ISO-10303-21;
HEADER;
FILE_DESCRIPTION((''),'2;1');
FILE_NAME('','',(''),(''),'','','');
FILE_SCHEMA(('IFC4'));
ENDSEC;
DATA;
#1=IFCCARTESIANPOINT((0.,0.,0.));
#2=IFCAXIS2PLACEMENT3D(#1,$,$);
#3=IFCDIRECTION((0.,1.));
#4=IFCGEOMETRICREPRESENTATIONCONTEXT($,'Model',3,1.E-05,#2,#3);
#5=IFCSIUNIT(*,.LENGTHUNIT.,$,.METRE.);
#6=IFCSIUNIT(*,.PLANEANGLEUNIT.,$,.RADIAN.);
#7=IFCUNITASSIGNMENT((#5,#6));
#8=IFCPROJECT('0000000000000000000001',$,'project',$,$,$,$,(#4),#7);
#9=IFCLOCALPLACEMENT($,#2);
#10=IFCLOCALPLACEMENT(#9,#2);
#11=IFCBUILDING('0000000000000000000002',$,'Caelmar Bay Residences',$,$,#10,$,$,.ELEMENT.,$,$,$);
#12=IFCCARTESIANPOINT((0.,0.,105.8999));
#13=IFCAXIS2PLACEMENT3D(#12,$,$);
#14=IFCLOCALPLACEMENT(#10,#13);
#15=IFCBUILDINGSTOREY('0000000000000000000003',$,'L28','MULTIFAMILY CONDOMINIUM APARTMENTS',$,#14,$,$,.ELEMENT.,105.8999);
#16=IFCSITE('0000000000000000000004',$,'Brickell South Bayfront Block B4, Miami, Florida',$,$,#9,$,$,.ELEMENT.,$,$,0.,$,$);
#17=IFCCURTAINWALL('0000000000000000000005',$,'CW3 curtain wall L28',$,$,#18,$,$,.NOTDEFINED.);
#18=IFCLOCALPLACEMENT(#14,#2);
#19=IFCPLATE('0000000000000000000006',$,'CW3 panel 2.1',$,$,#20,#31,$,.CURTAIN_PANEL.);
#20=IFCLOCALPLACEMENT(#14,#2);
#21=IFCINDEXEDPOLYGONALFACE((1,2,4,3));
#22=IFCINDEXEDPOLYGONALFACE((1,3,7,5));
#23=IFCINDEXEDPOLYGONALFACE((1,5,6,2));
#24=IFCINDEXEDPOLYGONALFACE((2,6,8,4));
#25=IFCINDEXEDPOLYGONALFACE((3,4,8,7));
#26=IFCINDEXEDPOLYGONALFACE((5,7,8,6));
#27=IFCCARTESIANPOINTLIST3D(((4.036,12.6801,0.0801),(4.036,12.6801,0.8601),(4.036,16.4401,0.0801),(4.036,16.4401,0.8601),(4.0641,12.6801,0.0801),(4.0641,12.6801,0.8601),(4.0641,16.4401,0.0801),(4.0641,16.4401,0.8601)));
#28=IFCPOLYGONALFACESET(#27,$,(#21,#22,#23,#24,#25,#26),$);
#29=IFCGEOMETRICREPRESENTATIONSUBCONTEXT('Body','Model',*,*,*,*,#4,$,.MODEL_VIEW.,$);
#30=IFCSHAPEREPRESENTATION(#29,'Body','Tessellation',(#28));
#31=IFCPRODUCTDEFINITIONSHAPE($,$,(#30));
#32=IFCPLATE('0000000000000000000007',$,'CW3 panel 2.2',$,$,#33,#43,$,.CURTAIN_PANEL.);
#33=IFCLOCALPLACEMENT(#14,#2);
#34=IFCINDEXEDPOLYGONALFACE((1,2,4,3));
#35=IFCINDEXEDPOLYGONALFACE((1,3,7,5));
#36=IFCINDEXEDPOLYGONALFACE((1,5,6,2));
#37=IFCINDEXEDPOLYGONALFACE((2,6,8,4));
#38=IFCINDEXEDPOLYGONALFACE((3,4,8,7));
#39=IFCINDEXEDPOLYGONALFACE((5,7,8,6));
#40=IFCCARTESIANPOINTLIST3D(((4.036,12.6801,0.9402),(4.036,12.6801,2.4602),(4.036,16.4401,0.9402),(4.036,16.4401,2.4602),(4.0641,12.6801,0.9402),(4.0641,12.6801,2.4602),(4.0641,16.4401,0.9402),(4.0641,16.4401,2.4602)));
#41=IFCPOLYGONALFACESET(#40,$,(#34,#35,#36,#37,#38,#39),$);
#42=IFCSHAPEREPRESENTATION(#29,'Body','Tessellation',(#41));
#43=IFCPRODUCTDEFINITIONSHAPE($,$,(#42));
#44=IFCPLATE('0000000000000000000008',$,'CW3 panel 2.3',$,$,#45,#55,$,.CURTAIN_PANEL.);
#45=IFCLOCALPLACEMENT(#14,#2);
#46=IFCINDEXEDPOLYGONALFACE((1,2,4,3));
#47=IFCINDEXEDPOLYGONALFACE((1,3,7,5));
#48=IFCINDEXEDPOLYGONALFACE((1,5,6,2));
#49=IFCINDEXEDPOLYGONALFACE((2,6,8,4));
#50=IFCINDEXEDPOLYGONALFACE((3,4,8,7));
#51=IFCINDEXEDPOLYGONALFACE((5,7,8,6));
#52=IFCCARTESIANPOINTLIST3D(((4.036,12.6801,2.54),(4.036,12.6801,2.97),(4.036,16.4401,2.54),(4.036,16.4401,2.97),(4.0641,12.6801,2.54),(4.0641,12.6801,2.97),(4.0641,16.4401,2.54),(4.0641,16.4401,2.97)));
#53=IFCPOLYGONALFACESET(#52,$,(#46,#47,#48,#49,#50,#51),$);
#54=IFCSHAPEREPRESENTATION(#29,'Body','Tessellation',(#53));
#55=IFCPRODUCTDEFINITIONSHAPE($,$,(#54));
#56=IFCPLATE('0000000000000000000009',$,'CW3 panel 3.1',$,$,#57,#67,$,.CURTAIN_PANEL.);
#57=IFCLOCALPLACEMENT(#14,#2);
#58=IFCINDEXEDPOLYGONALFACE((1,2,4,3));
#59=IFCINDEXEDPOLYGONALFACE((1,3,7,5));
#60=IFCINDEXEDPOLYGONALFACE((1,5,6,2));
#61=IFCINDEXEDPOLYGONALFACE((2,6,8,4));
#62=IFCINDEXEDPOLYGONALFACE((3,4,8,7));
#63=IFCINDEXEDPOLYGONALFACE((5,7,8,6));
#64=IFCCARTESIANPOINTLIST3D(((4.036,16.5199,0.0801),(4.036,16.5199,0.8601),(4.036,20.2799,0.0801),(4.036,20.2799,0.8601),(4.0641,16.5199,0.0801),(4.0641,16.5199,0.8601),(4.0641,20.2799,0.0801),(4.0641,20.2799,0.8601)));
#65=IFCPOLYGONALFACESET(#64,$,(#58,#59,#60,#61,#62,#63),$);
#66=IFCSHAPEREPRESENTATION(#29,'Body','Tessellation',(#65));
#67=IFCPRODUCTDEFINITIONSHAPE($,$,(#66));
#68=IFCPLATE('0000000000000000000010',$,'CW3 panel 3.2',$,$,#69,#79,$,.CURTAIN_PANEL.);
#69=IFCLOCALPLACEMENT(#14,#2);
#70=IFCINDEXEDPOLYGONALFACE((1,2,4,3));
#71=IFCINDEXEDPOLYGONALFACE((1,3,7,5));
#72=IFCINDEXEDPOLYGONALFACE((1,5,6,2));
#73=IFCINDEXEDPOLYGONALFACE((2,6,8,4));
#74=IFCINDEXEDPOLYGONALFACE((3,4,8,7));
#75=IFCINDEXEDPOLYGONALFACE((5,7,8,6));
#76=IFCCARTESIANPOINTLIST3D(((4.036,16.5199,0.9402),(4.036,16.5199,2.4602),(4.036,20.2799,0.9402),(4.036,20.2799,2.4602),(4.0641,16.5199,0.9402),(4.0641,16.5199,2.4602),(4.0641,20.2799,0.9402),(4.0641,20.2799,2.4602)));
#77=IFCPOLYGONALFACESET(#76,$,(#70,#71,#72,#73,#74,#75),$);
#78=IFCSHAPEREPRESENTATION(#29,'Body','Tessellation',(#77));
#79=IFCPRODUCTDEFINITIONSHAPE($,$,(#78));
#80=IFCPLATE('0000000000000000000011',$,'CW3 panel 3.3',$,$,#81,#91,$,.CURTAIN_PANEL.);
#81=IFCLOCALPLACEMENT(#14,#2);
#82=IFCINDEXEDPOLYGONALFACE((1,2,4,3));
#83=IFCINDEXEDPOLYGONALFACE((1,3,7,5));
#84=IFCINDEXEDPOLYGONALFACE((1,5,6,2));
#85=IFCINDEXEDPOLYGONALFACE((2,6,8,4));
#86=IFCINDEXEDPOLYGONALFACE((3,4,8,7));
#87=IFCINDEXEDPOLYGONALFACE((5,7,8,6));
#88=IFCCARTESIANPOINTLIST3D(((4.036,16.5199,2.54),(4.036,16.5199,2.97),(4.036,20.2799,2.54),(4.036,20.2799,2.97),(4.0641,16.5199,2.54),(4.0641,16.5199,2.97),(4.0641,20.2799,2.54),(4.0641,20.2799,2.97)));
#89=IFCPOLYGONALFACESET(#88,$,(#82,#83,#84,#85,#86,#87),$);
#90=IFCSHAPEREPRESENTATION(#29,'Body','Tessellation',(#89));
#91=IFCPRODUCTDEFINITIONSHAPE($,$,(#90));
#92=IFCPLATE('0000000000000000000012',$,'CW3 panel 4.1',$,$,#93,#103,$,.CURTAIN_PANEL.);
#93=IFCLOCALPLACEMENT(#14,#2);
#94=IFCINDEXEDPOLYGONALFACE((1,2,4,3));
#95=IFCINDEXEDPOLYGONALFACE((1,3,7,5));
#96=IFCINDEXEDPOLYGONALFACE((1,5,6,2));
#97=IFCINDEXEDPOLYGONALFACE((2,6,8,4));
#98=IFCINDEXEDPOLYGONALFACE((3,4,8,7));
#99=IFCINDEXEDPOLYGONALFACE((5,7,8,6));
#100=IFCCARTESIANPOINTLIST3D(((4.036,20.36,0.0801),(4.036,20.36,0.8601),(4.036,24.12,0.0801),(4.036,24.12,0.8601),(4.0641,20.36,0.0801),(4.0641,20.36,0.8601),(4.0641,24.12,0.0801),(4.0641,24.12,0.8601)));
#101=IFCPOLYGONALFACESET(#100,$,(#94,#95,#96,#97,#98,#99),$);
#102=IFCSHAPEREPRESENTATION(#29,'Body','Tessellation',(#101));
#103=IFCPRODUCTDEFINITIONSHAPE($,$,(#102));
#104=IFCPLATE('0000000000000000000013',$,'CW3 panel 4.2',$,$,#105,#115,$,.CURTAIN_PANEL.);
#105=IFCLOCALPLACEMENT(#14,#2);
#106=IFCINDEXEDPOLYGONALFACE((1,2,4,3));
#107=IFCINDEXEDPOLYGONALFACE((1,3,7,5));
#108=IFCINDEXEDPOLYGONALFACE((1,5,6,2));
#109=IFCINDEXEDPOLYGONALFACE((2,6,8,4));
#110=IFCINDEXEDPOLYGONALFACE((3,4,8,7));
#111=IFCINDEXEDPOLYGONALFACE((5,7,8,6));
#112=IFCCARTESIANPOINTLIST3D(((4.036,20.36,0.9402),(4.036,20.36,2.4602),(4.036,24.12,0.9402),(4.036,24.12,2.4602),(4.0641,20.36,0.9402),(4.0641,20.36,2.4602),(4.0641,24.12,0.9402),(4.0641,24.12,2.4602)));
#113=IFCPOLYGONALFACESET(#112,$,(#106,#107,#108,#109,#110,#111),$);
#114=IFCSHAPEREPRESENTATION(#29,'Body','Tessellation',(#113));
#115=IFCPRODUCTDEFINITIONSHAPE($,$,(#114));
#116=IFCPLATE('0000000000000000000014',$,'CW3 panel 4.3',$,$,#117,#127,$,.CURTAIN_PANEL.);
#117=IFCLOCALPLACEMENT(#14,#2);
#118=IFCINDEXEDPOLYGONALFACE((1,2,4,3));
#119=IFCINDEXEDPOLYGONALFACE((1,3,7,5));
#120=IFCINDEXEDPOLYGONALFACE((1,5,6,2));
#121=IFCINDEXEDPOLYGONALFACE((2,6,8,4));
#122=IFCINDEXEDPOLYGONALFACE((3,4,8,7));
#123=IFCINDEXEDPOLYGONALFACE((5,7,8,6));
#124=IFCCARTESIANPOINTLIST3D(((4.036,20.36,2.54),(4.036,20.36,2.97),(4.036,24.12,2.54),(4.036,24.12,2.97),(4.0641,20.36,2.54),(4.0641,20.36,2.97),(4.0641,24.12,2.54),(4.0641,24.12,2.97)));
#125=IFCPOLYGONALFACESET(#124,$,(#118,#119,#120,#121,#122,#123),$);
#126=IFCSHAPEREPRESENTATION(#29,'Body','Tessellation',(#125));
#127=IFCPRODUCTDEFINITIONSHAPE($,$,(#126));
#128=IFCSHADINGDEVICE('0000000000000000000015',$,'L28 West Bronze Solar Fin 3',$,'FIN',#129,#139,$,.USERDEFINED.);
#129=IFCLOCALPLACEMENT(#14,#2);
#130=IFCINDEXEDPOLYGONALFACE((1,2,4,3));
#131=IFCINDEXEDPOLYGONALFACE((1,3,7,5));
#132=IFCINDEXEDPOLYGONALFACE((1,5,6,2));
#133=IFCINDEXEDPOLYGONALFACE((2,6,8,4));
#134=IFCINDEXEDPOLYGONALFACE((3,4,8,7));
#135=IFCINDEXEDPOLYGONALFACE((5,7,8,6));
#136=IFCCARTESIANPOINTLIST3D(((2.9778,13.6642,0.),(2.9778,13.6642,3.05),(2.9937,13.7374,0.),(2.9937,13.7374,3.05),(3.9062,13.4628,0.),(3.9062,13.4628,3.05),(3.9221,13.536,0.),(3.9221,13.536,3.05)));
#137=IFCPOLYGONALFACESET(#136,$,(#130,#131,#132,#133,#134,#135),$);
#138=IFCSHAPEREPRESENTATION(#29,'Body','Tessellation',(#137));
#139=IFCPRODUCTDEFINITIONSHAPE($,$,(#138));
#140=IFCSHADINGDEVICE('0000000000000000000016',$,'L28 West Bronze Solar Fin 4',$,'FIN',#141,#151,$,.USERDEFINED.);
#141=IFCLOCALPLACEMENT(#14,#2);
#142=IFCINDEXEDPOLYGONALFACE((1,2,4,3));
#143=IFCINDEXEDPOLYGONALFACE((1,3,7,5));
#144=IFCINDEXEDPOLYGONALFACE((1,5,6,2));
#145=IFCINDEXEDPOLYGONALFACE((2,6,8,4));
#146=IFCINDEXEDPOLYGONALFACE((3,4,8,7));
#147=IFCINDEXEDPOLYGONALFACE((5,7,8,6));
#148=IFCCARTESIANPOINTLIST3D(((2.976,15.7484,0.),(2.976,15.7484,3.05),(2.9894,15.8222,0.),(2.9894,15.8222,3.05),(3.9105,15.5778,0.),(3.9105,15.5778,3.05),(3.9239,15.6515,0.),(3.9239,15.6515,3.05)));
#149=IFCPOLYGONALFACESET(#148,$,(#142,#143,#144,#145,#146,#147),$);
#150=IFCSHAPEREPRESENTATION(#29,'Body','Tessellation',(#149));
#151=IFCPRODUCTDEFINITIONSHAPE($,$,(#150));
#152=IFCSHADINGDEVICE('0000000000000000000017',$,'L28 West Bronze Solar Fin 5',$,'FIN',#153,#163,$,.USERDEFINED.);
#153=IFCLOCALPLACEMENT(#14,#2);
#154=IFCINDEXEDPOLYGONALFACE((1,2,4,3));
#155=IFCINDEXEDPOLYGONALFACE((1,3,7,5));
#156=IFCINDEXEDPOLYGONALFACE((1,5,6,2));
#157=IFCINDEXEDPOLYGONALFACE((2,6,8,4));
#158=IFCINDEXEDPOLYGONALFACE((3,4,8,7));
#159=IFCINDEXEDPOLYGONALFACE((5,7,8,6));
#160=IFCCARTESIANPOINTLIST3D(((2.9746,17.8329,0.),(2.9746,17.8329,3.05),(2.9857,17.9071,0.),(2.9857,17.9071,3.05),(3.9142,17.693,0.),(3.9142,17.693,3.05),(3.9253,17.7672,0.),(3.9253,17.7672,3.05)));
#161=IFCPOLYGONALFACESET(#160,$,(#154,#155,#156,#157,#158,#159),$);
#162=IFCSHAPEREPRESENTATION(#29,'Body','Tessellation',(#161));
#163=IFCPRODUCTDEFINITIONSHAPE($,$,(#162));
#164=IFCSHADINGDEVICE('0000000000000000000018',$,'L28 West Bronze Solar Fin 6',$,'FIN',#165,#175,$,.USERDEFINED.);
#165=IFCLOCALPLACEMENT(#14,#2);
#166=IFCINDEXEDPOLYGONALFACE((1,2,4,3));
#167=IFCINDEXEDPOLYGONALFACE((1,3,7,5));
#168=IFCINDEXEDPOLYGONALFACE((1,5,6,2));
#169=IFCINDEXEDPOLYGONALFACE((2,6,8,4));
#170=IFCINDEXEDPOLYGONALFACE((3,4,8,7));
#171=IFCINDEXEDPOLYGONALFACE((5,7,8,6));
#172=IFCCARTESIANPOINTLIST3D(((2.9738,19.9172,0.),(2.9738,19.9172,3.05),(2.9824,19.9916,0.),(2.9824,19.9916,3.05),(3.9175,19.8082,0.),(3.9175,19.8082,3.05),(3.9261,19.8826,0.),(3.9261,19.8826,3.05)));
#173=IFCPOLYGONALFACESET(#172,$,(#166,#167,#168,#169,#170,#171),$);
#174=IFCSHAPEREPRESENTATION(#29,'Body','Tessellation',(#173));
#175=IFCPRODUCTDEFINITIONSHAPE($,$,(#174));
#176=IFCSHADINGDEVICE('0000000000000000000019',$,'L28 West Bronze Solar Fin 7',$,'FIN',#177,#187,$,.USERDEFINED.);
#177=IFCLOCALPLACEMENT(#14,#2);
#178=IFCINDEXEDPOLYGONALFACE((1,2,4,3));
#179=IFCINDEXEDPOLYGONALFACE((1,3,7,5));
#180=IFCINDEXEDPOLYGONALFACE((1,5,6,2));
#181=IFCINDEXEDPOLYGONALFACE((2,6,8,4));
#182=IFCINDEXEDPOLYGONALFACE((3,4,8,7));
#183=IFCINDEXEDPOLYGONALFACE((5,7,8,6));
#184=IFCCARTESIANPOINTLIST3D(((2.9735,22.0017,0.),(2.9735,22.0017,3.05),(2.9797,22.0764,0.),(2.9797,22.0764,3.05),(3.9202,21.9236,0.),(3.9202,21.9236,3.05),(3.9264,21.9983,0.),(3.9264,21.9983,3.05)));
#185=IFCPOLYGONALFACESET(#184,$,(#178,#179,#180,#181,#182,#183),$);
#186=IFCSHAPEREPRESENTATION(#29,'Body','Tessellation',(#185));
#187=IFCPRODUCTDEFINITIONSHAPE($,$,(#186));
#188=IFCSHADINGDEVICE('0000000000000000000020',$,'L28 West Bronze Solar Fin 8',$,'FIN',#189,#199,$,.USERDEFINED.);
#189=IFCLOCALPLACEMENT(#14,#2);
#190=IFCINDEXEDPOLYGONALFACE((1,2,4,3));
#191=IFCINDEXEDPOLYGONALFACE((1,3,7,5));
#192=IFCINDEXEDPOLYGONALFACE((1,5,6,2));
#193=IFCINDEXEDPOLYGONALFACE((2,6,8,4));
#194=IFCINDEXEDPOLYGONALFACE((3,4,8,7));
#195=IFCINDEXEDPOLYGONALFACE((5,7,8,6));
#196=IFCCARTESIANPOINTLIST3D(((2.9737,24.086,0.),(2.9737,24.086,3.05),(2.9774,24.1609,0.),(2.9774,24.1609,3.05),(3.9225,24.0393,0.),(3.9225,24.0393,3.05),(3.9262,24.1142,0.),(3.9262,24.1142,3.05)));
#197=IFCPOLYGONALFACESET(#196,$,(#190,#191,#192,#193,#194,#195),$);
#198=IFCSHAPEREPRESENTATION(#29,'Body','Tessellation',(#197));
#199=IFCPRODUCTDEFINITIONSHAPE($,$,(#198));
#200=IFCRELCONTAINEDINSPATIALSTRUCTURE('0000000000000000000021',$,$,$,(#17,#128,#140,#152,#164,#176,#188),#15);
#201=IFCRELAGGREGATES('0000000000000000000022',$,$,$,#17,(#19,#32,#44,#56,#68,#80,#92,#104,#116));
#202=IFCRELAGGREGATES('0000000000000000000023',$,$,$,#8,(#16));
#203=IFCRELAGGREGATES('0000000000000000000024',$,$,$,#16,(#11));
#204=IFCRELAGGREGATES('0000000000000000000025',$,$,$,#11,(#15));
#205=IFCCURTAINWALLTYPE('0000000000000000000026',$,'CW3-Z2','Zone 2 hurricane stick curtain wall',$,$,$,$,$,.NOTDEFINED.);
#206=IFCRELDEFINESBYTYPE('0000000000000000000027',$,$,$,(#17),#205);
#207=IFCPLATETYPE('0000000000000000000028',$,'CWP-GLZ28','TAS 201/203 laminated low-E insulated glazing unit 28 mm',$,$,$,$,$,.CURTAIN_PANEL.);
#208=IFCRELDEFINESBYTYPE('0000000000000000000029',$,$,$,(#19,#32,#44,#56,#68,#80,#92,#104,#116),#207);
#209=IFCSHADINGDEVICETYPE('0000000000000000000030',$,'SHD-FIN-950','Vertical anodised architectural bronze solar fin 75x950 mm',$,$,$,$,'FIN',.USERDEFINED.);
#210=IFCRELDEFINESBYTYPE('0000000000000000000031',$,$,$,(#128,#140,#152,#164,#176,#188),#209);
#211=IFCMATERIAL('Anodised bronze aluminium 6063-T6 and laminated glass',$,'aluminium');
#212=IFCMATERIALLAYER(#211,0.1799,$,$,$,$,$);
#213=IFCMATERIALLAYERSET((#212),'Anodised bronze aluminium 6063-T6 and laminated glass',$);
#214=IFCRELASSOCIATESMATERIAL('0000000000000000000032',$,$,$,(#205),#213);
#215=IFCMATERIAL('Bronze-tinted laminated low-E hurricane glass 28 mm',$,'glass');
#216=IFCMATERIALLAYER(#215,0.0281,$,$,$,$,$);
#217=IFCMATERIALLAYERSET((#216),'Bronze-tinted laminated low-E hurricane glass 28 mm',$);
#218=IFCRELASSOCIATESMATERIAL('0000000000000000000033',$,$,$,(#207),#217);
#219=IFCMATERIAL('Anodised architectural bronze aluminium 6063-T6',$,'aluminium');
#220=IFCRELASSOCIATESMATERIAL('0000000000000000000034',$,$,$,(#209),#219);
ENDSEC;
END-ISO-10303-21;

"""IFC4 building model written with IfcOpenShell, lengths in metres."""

from ifc_helpers import new_model, si_unit, direction, frame, origin, origin_2d, place, context, subcontext, project, spatial, rectangle, extrude, material, layer, layer_set, material_profile, profile_set, type_object, element, aggregate, save


model = new_model("IFC4")

# Units and contexts
model_context = context("Model", 3, precision=1e-05, world=origin(), true_north=direction((0.0, 1.0)))
body_context = subcontext(model_context, "Body", "Model", "MODEL_VIEW")
ifc_project = project(units=[si_unit("LENGTHUNIT", "METRE"), si_unit("PLANEANGLEUNIT", "RADIAN")], contexts=[model_context])

# Site, building, storey
site_placement = place(None, origin())
site = spatial("IfcSite", under=ifc_project, at=site_placement, Name="Brickell South Bayfront Block B4, Miami, Florida", CompositionType="ELEMENT", RefElevation=0.0)
building_placement = place(site_placement, origin())
building = spatial("IfcBuilding", under=site, at=building_placement, Name="Caelmar Bay Residences", CompositionType="ELEMENT")
storey_placement = place(building_placement, frame((0.0, 0.0, 105.8999)))
storey = spatial("IfcBuildingStorey", under=building, at=storey_placement, Name="L28", Description="MULTIFAMILY CONDOMINIUM APARTMENTS", CompositionType="ELEMENT", Elevation=105.8999)

# Curtain wall, plates
ifc_material_1 = material(Name="Anodised bronze aluminium 6063-T6 and laminated glass", Category="aluminium")
ifc_layer_1 = layer(ifc_material_1, 0.1799)
ifc_layer_set_1 = layer_set([ifc_layer_1], Name="Anodised bronze aluminium 6063-T6 and laminated glass")
curtain_wall_type = type_object("IfcCurtainWallType", Name="CW3-Z2", Description="Zone 2 hurricane stick curtain wall", PredefinedType="NOTDEFINED", material=ifc_layer_set_1)
curtain_wall_placement = place(storey_placement, origin())
curtain_wall = element("IfcCurtainWall", 1, at=curtain_wall_placement, inside=storey, type_object=curtain_wall_type, Name="CW3 curtain wall L28", PredefinedType="NOTDEFINED")
ifc_material_2 = material(Name="Bronze-tinted laminated low-E hurricane glass 28 mm", Category="glass")
ifc_layer_2 = layer(ifc_material_2, 0.0281)
ifc_layer_set_2 = layer_set([ifc_layer_2], Name="Bronze-tinted laminated low-E hurricane glass 28 mm")
plate_type = type_object("IfcPlateType", Name="CWP-GLZ28", Description="TAS 201/203 laminated low-E insulated glazing unit 28 mm", PredefinedType="CURTAIN_PANEL", material=ifc_layer_set_2)
plate_1_placement = place(storey_placement, frame((4.05, 14.5601, 0.0801), z_axis=(0.0, 0.0, 1.0), x_axis=(0.0, 1.0, 0.0)))
plate_1 = element("IfcPlate", 2, at=plate_1_placement, type_object=plate_type, Name="CW3 panel 2.1", PredefinedType="CURTAIN_PANEL", context=body_context, shape_type="SweptSolid", body=[
    extrude(rectangle(XDim=3.76, YDim=0.0281, at=origin_2d()), origin(), (0.0, 0.0, 1.0), 0.78),
])
plate_2_placement = place(storey_placement, frame((4.05, 14.5601, 0.9402), z_axis=(0.0, 0.0, 1.0), x_axis=(0.0, 1.0, 0.0)))
plate_2 = element("IfcPlate", 3, at=plate_2_placement, type_object=plate_type, Name="CW3 panel 2.2", PredefinedType="CURTAIN_PANEL", context=body_context, shape_type="SweptSolid", body=[
    extrude(rectangle(XDim=3.76, YDim=0.0281, at=origin_2d()), origin(), (0.0, 0.0, 1.0), 1.52),
])
plate_3_placement = place(storey_placement, frame((4.05, 14.5601, 2.54), z_axis=(0.0, 0.0, 1.0), x_axis=(0.0, 1.0, 0.0)))
plate_3 = element("IfcPlate", 4, at=plate_3_placement, type_object=plate_type, Name="CW3 panel 2.3", PredefinedType="CURTAIN_PANEL", context=body_context, shape_type="SweptSolid", body=[
    extrude(rectangle(XDim=3.76, YDim=0.0281, at=origin_2d()), origin(), (0.0, 0.0, 1.0), 0.4299),
])
plate_4_placement = place(storey_placement, frame((4.05, 18.3999, 0.0801), z_axis=(0.0, 0.0, 1.0), x_axis=(0.0, 1.0, 0.0)))
plate_4 = element("IfcPlate", 5, at=plate_4_placement, type_object=plate_type, Name="CW3 panel 3.1", PredefinedType="CURTAIN_PANEL", context=body_context, shape_type="SweptSolid", body=[
    extrude(rectangle(XDim=3.76, YDim=0.0281, at=origin_2d()), origin(), (0.0, 0.0, 1.0), 0.78),
])
plate_5_placement = place(storey_placement, frame((4.05, 18.3999, 0.9402), z_axis=(0.0, 0.0, 1.0), x_axis=(0.0, 1.0, 0.0)))
plate_5 = element("IfcPlate", 6, at=plate_5_placement, type_object=plate_type, Name="CW3 panel 3.2", PredefinedType="CURTAIN_PANEL", context=body_context, shape_type="SweptSolid", body=[
    extrude(rectangle(XDim=3.76, YDim=0.0281, at=origin_2d()), origin(), (0.0, 0.0, 1.0), 1.52),
])
plate_6_placement = place(storey_placement, frame((4.05, 18.3999, 2.54), z_axis=(0.0, 0.0, 1.0), x_axis=(0.0, 1.0, 0.0)))
plate_6 = element("IfcPlate", 7, at=plate_6_placement, type_object=plate_type, Name="CW3 panel 3.3", PredefinedType="CURTAIN_PANEL", context=body_context, shape_type="SweptSolid", body=[
    extrude(rectangle(XDim=3.76, YDim=0.0281, at=origin_2d()), origin(), (0.0, 0.0, 1.0), 0.4299),
])
plate_7_placement = place(storey_placement, frame((4.05, 22.24, 0.0801), z_axis=(0.0, 0.0, 1.0), x_axis=(0.0, 1.0, 0.0)))
plate_7 = element("IfcPlate", 8, at=plate_7_placement, type_object=plate_type, Name="CW3 panel 4.1", PredefinedType="CURTAIN_PANEL", context=body_context, shape_type="SweptSolid", body=[
    extrude(rectangle(XDim=3.76, YDim=0.0281, at=origin_2d()), origin(), (0.0, 0.0, 1.0), 0.78),
])
plate_8_placement = place(storey_placement, frame((4.05, 22.24, 0.9402), z_axis=(0.0, 0.0, 1.0), x_axis=(0.0, 1.0, 0.0)))
plate_8 = element("IfcPlate", 9, at=plate_8_placement, type_object=plate_type, Name="CW3 panel 4.2", PredefinedType="CURTAIN_PANEL", context=body_context, shape_type="SweptSolid", body=[
    extrude(rectangle(XDim=3.76, YDim=0.0281, at=origin_2d()), origin(), (0.0, 0.0, 1.0), 1.52),
])
plate_9_placement = place(storey_placement, frame((4.05, 22.24, 2.54), z_axis=(0.0, 0.0, 1.0), x_axis=(0.0, 1.0, 0.0)))
plate_9 = element("IfcPlate", 10, at=plate_9_placement, type_object=plate_type, Name="CW3 panel 4.3", PredefinedType="CURTAIN_PANEL", context=body_context, shape_type="SweptSolid", body=[
    extrude(rectangle(XDim=3.76, YDim=0.0281, at=origin_2d()), origin(), (0.0, 0.0, 1.0), 0.4299),
])
aggregate(curtain_wall, [plate_1, plate_2, plate_3, plate_4, plate_5, plate_6, plate_7, plate_8, plate_9])

# Shading devices
ifc_material_3 = material(Name="Anodised architectural bronze aluminium 6063-T6", Category="aluminium")
ifc_material_profile_1 = material_profile(ifc_material_3, rectangle(XDim=0.075, YDim=0.95, at=origin_2d()), Name="BRONZE-FIN-75X950")
ifc_profile_set_1 = profile_set([ifc_material_profile_1], Name="Anodised architectural bronze aluminium 6063-T6")
shading_device_type = type_object("IfcShadingDeviceType", Name="SHD-FIN-950", Description="Vertical anodised architectural bronze solar fin 75x950 mm", ElementType="FIN", PredefinedType="USERDEFINED", material=ifc_profile_set_1)
for number, where, z_axis, x_axis, name in (
    (11, (3.45, 13.6001, 0.0), (0.0, 0.0, 1.0), (0.212007, 0.977268, 0.0), "L28 West Bronze Solar Fin 3"),
    (12, (3.45, 15.7, 0.0), (0.0, 0.0, 1.0), (0.179661, 0.983729, 0.0), "L28 West Bronze Solar Fin 4"),
    (13, (3.45, 17.8, 0.0), (0.0, 0.0, 1.0), (0.147292, 0.989093, 0.0), "L28 West Bronze Solar Fin 5"),
    (14, (3.45, 19.8999, 0.0), (0.0, 0.0, 1.0), (0.114764, 0.993393, 0.0), "L28 West Bronze Solar Fin 6"),
    (15, (3.45, 22.0, 0.0), (0.0, 0.0, 1.0), (0.082112, 0.996623, 0.0), "L28 West Bronze Solar Fin 7"),
    (16, (3.45, 24.1001, 0.0), (0.0, 0.0, 1.0), (0.049198, 0.998789, 0.0), "L28 West Bronze Solar Fin 8"),
):
    element("IfcShadingDevice", number, at=place(storey_placement, frame(where, z_axis=z_axis, x_axis=x_axis)), inside=storey, type_object=shading_device_type, Name=name, ObjectType="FIN", PredefinedType="USERDEFINED", context=body_context, shape_type="SweptSolid", body=[
        extrude(rectangle(XDim=0.075, YDim=0.95, at=origin_2d()), origin(), (0.0, 0.0, 1.0), 3.05),
    ])

save(model, "model.ifc")
